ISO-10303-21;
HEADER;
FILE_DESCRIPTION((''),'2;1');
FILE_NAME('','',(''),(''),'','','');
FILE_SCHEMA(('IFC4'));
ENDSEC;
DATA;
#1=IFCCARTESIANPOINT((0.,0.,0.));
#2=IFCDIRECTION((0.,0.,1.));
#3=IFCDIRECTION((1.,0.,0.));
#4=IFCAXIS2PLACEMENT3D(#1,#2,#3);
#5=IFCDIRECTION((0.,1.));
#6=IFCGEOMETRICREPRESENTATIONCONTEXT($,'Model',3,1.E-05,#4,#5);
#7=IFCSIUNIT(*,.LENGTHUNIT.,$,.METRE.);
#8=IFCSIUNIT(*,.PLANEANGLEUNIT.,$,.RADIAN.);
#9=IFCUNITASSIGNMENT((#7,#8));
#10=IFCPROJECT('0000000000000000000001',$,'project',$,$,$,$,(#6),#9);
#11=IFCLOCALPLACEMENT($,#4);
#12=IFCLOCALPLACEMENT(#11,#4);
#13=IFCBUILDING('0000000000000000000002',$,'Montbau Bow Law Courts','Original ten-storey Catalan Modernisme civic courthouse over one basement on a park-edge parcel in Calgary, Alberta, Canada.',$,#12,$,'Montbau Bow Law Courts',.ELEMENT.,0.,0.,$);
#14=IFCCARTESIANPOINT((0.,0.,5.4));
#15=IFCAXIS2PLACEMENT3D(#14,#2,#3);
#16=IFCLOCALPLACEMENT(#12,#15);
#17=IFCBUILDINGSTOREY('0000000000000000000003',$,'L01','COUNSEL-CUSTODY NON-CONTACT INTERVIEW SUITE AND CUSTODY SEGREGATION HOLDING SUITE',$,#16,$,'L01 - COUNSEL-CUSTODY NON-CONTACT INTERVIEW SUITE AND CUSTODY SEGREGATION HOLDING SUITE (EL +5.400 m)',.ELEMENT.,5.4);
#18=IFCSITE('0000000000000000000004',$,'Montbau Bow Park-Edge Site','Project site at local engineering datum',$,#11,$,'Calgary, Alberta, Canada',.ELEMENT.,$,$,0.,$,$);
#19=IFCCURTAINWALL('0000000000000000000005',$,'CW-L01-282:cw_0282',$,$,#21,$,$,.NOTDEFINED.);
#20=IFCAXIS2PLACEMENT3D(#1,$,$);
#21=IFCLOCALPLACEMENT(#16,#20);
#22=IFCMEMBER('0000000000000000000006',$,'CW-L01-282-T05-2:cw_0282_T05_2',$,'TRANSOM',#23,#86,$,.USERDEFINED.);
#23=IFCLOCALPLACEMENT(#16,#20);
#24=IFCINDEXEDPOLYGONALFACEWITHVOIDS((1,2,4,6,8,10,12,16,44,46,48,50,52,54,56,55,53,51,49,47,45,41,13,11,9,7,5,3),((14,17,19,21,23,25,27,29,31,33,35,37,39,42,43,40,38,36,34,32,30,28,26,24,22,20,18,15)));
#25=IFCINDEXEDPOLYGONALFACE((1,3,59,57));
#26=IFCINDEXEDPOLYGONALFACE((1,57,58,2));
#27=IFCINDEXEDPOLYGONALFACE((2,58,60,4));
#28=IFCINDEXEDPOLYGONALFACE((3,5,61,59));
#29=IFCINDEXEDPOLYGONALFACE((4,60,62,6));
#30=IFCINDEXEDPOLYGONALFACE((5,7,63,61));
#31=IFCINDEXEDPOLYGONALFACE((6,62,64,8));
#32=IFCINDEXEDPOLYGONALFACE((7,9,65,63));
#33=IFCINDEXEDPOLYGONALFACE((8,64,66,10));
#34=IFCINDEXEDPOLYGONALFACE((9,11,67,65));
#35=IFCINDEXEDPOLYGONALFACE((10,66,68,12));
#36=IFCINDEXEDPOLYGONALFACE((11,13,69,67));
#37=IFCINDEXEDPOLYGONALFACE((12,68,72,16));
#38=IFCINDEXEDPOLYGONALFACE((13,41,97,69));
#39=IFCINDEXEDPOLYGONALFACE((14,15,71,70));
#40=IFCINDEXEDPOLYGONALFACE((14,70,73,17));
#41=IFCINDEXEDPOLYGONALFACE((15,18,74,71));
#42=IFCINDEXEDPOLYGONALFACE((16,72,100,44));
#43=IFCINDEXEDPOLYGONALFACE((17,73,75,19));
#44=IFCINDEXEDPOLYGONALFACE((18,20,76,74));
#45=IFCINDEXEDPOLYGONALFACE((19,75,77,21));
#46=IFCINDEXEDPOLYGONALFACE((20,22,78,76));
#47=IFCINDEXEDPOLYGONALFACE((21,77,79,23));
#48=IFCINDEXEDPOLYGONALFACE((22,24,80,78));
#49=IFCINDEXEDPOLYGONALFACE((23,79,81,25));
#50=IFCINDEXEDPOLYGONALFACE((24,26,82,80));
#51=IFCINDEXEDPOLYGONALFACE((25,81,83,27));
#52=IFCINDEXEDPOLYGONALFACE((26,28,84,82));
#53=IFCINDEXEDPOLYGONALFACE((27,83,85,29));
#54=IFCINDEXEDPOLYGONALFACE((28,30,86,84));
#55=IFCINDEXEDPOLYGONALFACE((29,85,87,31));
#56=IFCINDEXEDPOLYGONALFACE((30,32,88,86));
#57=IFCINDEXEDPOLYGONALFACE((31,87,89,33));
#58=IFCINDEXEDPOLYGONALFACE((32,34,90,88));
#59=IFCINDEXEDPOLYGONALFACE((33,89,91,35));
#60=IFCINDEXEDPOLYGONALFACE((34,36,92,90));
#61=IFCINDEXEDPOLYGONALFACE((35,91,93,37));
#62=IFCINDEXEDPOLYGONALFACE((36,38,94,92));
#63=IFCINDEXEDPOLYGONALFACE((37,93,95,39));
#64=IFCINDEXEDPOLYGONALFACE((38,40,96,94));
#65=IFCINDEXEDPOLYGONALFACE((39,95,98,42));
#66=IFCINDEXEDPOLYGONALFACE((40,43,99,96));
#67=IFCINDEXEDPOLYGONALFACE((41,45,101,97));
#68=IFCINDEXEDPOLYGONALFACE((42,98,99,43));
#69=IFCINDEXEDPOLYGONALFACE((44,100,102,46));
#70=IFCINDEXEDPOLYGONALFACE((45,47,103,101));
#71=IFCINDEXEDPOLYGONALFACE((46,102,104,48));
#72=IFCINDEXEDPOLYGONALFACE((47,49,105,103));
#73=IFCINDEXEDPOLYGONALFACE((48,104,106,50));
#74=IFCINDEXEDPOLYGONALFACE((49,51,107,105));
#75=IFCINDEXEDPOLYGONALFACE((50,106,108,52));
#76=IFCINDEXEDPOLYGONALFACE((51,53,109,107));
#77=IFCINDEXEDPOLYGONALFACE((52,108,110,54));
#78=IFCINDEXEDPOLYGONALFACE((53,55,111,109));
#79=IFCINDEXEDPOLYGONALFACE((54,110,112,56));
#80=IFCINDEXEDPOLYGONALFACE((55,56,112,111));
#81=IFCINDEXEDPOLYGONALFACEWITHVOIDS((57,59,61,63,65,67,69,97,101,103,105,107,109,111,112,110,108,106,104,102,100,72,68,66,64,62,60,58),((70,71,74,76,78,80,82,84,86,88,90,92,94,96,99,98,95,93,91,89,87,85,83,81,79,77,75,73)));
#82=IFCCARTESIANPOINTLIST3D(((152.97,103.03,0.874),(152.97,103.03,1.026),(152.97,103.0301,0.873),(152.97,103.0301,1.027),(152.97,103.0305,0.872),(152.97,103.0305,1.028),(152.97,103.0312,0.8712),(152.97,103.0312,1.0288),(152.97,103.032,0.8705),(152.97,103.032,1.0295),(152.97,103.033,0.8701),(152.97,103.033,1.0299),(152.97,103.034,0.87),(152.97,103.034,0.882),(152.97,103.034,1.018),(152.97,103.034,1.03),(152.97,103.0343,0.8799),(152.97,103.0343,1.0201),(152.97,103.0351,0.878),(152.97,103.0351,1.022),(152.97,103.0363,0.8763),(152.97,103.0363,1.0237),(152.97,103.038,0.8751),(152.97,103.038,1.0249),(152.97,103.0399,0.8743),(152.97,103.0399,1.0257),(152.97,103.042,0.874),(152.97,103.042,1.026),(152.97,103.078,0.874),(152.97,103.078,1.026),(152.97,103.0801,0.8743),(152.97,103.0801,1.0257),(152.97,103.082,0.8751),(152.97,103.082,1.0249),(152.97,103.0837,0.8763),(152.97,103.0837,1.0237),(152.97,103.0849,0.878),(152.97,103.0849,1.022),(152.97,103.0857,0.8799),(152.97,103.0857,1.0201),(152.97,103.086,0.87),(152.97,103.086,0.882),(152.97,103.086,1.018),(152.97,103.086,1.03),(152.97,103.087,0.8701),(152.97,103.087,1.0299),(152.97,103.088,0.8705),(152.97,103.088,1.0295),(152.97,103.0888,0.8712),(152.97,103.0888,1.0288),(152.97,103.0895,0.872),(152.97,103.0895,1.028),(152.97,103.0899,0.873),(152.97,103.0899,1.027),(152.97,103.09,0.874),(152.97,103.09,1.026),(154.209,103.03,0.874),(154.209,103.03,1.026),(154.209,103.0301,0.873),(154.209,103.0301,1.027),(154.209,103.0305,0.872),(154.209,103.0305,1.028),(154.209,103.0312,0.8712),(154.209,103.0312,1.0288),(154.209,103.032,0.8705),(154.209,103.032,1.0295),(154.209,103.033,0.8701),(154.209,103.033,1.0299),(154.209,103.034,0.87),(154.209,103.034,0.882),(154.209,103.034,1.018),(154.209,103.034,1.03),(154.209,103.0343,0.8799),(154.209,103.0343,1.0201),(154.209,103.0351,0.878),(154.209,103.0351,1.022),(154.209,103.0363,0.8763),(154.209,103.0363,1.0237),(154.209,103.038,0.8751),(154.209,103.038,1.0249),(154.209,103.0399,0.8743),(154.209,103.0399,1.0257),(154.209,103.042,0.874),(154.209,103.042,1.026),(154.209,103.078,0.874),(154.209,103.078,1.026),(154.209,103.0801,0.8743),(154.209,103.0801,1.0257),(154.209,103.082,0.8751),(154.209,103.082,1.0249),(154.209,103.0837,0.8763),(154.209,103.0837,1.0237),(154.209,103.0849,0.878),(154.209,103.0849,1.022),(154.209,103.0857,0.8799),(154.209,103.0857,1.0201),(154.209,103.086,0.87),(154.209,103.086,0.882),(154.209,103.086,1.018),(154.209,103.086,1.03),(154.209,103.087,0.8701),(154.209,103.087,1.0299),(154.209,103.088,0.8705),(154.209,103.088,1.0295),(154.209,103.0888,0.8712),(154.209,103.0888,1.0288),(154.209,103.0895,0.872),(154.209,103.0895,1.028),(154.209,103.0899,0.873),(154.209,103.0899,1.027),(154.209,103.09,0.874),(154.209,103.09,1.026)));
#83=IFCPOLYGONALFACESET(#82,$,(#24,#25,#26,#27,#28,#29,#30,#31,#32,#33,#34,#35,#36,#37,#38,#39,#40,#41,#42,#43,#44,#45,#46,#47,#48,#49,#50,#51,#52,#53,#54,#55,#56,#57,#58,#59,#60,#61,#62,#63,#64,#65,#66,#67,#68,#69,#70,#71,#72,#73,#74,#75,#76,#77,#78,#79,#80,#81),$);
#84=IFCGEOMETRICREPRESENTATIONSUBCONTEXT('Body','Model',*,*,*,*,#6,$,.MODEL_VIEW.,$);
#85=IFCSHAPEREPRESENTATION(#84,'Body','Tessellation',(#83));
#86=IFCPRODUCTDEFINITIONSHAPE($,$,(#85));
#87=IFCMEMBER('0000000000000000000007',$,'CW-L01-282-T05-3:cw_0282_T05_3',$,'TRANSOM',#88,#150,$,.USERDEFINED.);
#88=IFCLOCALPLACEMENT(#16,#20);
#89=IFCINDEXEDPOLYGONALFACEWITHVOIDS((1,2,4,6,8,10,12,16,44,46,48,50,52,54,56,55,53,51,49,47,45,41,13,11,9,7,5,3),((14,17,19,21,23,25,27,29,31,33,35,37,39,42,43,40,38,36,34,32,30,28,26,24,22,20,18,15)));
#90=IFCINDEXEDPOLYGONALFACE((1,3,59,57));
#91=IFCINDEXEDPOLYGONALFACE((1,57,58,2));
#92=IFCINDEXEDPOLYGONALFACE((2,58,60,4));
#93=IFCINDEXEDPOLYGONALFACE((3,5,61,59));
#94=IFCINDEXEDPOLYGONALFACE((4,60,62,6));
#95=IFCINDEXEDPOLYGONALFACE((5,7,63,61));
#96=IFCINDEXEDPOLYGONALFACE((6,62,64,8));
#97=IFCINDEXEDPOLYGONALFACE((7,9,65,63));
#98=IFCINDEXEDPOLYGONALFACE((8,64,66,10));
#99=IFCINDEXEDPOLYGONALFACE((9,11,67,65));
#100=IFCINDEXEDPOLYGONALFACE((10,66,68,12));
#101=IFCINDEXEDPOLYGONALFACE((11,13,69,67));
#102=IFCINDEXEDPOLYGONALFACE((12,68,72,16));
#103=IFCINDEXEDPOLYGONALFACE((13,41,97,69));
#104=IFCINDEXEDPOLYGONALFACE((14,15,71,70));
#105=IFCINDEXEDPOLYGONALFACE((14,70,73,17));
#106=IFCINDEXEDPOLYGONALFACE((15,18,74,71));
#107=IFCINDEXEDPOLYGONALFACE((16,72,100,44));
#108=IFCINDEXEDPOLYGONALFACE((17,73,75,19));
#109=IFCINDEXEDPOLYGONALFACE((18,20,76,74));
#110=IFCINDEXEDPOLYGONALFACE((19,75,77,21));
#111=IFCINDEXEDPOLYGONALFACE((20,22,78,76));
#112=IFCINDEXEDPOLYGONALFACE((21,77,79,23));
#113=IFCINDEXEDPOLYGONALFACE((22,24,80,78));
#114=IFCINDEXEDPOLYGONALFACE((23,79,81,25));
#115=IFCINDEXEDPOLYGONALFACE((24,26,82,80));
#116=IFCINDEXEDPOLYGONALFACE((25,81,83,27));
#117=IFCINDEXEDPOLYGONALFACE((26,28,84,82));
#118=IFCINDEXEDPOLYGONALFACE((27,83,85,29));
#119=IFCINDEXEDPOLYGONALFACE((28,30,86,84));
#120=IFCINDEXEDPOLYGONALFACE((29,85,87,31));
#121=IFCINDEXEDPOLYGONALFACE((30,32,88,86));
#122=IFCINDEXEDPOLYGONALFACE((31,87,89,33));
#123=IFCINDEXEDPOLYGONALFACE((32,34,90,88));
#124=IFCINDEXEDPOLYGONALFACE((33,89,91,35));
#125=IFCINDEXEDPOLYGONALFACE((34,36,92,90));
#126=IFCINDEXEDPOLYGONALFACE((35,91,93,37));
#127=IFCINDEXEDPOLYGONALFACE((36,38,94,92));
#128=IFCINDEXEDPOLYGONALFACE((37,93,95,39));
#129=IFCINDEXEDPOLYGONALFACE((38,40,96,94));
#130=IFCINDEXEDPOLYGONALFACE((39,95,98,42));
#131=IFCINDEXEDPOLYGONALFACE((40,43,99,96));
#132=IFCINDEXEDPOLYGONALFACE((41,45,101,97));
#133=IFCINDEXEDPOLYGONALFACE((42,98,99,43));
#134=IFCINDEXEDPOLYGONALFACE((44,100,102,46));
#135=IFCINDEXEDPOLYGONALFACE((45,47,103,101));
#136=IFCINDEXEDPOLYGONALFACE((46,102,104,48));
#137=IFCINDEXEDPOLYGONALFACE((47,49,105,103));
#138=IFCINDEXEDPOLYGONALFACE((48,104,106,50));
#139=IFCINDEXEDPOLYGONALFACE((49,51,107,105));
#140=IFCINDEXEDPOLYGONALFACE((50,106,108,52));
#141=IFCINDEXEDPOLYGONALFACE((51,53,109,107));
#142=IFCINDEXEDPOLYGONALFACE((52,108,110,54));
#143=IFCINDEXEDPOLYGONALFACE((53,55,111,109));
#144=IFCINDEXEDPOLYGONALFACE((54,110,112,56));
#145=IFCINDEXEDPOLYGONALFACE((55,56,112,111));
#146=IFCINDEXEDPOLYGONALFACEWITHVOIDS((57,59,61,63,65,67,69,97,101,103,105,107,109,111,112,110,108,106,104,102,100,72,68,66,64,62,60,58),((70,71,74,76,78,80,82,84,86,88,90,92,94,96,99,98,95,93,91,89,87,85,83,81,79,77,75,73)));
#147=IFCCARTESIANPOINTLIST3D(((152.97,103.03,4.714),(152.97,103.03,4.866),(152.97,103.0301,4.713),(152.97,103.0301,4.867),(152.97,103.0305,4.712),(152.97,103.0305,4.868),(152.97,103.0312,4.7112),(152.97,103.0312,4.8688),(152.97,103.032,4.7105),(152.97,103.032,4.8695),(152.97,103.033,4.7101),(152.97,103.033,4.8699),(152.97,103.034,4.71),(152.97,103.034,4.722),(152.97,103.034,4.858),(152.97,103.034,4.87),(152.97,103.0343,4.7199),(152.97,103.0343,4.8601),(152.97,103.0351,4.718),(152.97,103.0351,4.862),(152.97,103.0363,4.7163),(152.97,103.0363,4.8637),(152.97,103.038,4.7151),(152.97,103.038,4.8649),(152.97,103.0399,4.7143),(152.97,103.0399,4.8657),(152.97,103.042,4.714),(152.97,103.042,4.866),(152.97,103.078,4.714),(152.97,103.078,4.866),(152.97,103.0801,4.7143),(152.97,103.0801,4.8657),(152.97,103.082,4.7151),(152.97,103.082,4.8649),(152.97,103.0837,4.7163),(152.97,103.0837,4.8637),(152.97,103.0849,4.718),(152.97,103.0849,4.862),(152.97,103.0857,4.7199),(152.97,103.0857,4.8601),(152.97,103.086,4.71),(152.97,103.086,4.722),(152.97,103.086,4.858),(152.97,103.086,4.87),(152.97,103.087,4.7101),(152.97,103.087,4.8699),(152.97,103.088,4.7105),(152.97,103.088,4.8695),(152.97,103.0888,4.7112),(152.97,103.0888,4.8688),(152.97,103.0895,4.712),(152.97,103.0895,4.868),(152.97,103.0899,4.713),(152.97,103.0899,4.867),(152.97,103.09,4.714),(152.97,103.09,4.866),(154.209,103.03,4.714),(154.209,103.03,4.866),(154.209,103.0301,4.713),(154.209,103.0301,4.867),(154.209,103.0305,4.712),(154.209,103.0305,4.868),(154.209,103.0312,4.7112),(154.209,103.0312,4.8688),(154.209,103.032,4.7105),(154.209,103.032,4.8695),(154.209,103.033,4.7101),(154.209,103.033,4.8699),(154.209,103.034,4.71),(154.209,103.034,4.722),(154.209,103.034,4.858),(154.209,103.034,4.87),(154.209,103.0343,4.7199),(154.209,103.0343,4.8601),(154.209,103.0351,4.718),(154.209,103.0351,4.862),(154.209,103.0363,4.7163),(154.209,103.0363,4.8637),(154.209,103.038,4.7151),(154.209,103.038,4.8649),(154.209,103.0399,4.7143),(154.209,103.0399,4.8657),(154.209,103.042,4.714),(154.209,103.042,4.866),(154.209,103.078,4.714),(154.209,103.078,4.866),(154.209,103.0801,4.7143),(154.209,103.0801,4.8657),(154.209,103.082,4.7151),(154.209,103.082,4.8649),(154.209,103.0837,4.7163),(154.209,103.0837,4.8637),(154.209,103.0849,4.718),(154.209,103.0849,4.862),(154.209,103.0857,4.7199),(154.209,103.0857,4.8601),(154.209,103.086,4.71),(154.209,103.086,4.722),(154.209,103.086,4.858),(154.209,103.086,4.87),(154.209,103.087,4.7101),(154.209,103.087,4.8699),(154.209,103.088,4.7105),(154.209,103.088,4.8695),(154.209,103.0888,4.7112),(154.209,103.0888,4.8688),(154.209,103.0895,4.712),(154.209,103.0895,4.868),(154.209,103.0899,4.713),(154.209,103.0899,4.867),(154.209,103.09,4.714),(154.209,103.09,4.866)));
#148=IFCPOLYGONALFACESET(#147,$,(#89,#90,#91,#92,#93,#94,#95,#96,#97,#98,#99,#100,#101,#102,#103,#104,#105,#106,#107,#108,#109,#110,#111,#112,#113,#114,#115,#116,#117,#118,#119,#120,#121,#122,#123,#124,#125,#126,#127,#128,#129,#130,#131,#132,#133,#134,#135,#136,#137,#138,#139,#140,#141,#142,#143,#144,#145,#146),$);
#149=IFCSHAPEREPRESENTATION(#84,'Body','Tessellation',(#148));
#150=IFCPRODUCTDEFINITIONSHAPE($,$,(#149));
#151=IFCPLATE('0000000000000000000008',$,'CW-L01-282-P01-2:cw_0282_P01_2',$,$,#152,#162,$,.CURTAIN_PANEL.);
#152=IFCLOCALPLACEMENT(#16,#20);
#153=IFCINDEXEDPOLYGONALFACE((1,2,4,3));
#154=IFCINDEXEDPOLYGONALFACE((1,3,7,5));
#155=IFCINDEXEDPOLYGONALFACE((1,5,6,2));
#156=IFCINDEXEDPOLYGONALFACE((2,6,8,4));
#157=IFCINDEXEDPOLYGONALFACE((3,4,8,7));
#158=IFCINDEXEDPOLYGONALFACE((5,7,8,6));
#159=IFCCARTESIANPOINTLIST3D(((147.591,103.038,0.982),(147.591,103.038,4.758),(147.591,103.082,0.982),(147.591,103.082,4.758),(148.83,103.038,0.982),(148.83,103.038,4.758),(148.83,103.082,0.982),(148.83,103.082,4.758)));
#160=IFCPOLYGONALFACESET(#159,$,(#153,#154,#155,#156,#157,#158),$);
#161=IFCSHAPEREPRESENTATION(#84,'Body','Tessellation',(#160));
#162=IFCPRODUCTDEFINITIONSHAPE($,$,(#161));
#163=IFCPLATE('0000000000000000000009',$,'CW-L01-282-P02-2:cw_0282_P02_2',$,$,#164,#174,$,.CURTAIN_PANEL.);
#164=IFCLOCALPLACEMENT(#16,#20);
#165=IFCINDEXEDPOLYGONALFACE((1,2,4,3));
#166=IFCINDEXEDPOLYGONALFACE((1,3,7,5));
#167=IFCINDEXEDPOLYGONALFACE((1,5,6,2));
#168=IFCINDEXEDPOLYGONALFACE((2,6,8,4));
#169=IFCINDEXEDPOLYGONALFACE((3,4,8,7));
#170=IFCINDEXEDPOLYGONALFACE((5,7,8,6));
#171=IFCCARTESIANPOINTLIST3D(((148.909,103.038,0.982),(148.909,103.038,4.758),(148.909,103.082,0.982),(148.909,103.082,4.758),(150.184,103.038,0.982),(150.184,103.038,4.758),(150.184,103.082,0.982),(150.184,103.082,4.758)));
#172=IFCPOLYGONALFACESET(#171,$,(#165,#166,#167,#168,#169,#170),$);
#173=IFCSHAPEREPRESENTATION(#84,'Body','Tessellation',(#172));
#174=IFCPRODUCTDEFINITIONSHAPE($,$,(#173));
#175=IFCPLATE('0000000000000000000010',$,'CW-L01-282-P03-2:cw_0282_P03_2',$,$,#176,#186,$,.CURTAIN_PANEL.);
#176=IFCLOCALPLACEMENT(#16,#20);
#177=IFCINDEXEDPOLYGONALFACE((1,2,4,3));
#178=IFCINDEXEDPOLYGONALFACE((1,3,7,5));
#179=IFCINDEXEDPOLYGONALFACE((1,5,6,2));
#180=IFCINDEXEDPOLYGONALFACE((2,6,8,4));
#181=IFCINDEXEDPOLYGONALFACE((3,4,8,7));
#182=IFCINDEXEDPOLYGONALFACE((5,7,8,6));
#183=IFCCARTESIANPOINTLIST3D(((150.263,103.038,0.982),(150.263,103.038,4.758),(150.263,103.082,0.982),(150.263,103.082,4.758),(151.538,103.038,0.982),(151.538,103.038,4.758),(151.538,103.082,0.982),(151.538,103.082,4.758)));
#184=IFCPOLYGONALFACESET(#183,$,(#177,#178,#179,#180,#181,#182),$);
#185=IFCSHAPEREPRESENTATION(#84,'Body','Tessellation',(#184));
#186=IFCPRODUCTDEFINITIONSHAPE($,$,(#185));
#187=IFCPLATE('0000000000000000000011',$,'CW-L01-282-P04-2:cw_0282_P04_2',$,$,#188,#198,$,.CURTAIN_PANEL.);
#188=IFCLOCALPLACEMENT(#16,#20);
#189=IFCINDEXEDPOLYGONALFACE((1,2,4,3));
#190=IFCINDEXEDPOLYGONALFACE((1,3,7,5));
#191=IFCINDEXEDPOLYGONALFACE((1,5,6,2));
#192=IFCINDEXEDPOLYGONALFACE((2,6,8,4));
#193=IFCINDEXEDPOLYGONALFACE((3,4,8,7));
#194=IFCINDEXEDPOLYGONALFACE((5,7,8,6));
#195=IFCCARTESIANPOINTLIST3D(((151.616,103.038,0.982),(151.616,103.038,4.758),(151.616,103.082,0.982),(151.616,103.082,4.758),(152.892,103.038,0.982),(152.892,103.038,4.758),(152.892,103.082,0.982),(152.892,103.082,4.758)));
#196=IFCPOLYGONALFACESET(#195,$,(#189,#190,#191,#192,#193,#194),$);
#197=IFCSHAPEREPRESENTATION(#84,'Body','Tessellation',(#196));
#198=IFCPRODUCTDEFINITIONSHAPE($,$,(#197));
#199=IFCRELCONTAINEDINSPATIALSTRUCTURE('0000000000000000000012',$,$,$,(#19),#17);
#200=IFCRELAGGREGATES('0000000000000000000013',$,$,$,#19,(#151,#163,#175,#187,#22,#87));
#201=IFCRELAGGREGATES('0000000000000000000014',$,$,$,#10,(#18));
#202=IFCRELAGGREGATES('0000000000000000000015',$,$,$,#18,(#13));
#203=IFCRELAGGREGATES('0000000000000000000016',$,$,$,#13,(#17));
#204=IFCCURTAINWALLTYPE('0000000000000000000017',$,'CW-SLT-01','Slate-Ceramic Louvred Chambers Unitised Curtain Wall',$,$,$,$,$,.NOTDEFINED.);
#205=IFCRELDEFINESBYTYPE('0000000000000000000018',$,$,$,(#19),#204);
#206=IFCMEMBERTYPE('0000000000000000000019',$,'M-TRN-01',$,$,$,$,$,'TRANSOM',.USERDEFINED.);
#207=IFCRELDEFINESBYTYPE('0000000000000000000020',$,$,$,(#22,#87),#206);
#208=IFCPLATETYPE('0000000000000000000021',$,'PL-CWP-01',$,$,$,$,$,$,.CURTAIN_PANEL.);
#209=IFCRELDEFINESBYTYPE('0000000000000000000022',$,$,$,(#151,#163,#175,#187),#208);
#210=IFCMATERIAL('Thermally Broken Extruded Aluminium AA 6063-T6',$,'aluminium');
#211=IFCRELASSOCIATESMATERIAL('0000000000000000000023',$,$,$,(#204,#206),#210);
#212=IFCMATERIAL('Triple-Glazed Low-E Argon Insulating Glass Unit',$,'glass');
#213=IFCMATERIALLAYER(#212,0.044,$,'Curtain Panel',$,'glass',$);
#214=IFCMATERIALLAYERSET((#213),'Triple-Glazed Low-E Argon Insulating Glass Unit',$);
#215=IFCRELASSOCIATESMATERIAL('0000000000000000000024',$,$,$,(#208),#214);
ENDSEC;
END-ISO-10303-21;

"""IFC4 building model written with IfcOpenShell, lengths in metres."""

from ifc_helpers import new_model, si_unit, direction, frame, frame_2d, origin_with_axes, origin_2d_with_axis, place, context, subcontext, project, spatial, rectangle, hollow_rectangle, extrude, material, layer, layer_set, material_profile, profile_set, type_object, element, aggregate, save


model = new_model("IFC4")

# Units and contexts
model_context = context("Model", 3, precision=1e-05, world=origin_with_axes(), true_north=direction((0.0, 1.0)))
body_context = subcontext(model_context, "Body", "Model", "MODEL_VIEW")
ifc_project = project(units=[si_unit("LENGTHUNIT", "METRE"), si_unit("PLANEANGLEUNIT", "RADIAN")], contexts=[model_context])

# Site, building, storey
site_placement = place(None, origin_with_axes())
site = spatial("IfcSite", under=ifc_project, at=site_placement, Name="Montbau Bow Park-Edge Site", Description="Project site at local engineering datum", LongName="Calgary, Alberta, Canada", CompositionType="ELEMENT", RefElevation=0.0)
building_placement = place(site_placement, origin_with_axes())
building = spatial("IfcBuilding", under=site, at=building_placement, Name="Montbau Bow Law Courts", Description="Original ten-storey Catalan Modernisme civic courthouse over one basement on a park-edge parcel in Calgary, Alberta, Canada.", LongName="Montbau Bow Law Courts", CompositionType="ELEMENT", ElevationOfRefHeight=0.0, ElevationOfTerrain=0.0)
storey_placement = place(building_placement, frame((0.0, 0.0, 5.4), z_axis=(0.0, 0.0, 1.0), x_axis=(1.0, 0.0, 0.0)))
storey = spatial("IfcBuildingStorey", under=building, at=storey_placement, Name="L01", Description="COUNSEL-CUSTODY NON-CONTACT INTERVIEW SUITE AND CUSTODY SEGREGATION HOLDING SUITE", LongName="L01 - COUNSEL-CUSTODY NON-CONTACT INTERVIEW SUITE AND CUSTODY SEGREGATION HOLDING SUITE (EL +5.400 m)", CompositionType="ELEMENT", Elevation=5.4)

# Curtain wall, members, plates
ifc_material_1 = material(Name="Thermally Broken Extruded Aluminium AA 6063-T6", Category="aluminium")
curtain_wall_type = type_object("IfcCurtainWallType", Name="CW-SLT-01", Description="Slate-Ceramic Louvred Chambers Unitised Curtain Wall", PredefinedType="NOTDEFINED", material=ifc_material_1)
curtain_wall_placement = place(None, frame((147.515, 103.06, 5.4), z_axis=(0.0, 0.0, 1.0), x_axis=(1.0, 0.0, 0.0)))
curtain_wall = element("IfcCurtainWall", 1, at=curtain_wall_placement, inside=storey, type_object=curtain_wall_type, Name="CW-L01-282:cw_0282", PredefinedType="NOTDEFINED")
ifc_material_profile_1 = material_profile(ifc_material_1, hollow_rectangle(XDim=0.06, YDim=0.16, WallThickness=0.004, InnerFilletRadius=0.008, OuterFilletRadius=0.004, at=origin_2d_with_axis()), Name="CWT-160X60", Category="Main", Priority=0)
ifc_profile_set_1 = profile_set([ifc_material_profile_1], Name="Thermally Broken Extruded Aluminium AA 6063-T6")
member_type_1 = type_object("IfcMemberType", Name="M-TRN-01", ElementType="TRANSOM", PredefinedType="USERDEFINED", material=ifc_profile_set_1)
member_1_placement = place(None, frame((152.97, 103.06, 6.35), z_axis=(1.0, 0.0, 0.0), x_axis=(0.0, 1.0, 0.0)))
member_1 = element("IfcMember", 2, at=member_1_placement, type_object=member_type_1, Name="CW-L01-282-T05-2:cw_0282_T05_2", ObjectType="TRANSOM", PredefinedType="USERDEFINED", context=body_context, shape_type="SweptSolid", body=[
    extrude(hollow_rectangle(XDim=0.06, YDim=0.16, WallThickness=0.004, InnerFilletRadius=0.008, OuterFilletRadius=0.004, at=origin_2d_with_axis()), origin_with_axes(), (0.0, 0.0, 1.0), 1.239),
])
member_2_placement = place(None, frame((152.97, 103.06, 10.19), z_axis=(1.0, 0.0, 0.0), x_axis=(0.0, 1.0, 0.0)))
member_2 = element("IfcMember", 3, at=member_2_placement, type_object=member_type_1, Name="CW-L01-282-T05-3:cw_0282_T05_3", ObjectType="TRANSOM", PredefinedType="USERDEFINED", context=body_context, shape_type="SweptSolid", body=[
    extrude(hollow_rectangle(XDim=0.06, YDim=0.16, WallThickness=0.004, InnerFilletRadius=0.008, OuterFilletRadius=0.004, at=origin_2d_with_axis()), origin_with_axes(), (0.0, 0.0, 1.0), 1.239),
])
ifc_material_2 = material(Name="Triple-Glazed Low-E Argon Insulating Glass Unit", Category="glass")
ifc_layer_1 = layer(ifc_material_2, 0.044, Name="Curtain Panel", Category="glass")
ifc_layer_set_1 = layer_set([ifc_layer_1], Name="Triple-Glazed Low-E Argon Insulating Glass Unit")
plate_type_1 = type_object("IfcPlateType", Name="PL-CWP-01", PredefinedType="CURTAIN_PANEL", material=ifc_layer_set_1)
plate_1_placement = place(None, frame((147.591, 103.06, 6.382), z_axis=(0.0, -1.0, 0.0), x_axis=(1.0, 0.0, 0.0)))
plate_1 = element("IfcPlate", 4, at=plate_1_placement, type_object=plate_type_1, Name="CW-L01-282-P01-2:cw_0282_P01_2", PredefinedType="CURTAIN_PANEL", context=body_context, shape_type="SweptSolid", body=[
    extrude(rectangle(XDim=1.239, YDim=3.776, at=frame_2d((0.6195, 1.888), x_axis=(1.0, 0.0))), frame((0.0, 0.0, -0.022), z_axis=(0.0, 0.0, 1.0), x_axis=(1.0, 0.0, 0.0)), (0.0, 0.0, 1.0), 0.044),
])
plate_2_placement = place(None, frame((148.909, 103.06, 6.382), z_axis=(0.0, -1.0, 0.0), x_axis=(1.0, 0.0, 0.0)))
plate_2 = element("IfcPlate", 5, at=plate_2_placement, type_object=plate_type_1, Name="CW-L01-282-P02-2:cw_0282_P02_2", PredefinedType="CURTAIN_PANEL", context=body_context, shape_type="SweptSolid", body=[
    extrude(rectangle(XDim=1.275, YDim=3.776, at=frame_2d((0.6375, 1.888), x_axis=(1.0, 0.0))), frame((0.0, 0.0, -0.022), z_axis=(0.0, 0.0, 1.0), x_axis=(1.0, 0.0, 0.0)), (0.0, 0.0, 1.0), 0.044),
])
plate_3_placement = place(None, frame((150.263, 103.06, 6.382), z_axis=(0.0, -1.0, 0.0), x_axis=(1.0, 0.0, 0.0)))
plate_3 = element("IfcPlate", 6, at=plate_3_placement, type_object=plate_type_1, Name="CW-L01-282-P03-2:cw_0282_P03_2", PredefinedType="CURTAIN_PANEL", context=body_context, shape_type="SweptSolid", body=[
    extrude(rectangle(XDim=1.275, YDim=3.776, at=frame_2d((0.6375, 1.888), x_axis=(1.0, 0.0))), frame((0.0, 0.0, -0.022), z_axis=(0.0, 0.0, 1.0), x_axis=(1.0, 0.0, 0.0)), (0.0, 0.0, 1.0), 0.044),
])
plate_4_placement = place(None, frame((151.616, 103.06, 6.382), z_axis=(0.0, -1.0, 0.0), x_axis=(1.0, 0.0, 0.0)))
plate_4 = element("IfcPlate", 7, at=plate_4_placement, type_object=plate_type_1, Name="CW-L01-282-P04-2:cw_0282_P04_2", PredefinedType="CURTAIN_PANEL", context=body_context, shape_type="SweptSolid", body=[
    extrude(rectangle(XDim=1.276, YDim=3.776, at=frame_2d((0.638, 1.888), x_axis=(1.0, 0.0))), frame((0.0, 0.0, -0.022), z_axis=(0.0, 0.0, 1.0), x_axis=(1.0, 0.0, 0.0)), (0.0, 0.0, 1.0), 0.044),
])
aggregate(curtain_wall, [plate_1, plate_2, plate_3, plate_4, member_1, member_2])

save(model, "model.ifc")
